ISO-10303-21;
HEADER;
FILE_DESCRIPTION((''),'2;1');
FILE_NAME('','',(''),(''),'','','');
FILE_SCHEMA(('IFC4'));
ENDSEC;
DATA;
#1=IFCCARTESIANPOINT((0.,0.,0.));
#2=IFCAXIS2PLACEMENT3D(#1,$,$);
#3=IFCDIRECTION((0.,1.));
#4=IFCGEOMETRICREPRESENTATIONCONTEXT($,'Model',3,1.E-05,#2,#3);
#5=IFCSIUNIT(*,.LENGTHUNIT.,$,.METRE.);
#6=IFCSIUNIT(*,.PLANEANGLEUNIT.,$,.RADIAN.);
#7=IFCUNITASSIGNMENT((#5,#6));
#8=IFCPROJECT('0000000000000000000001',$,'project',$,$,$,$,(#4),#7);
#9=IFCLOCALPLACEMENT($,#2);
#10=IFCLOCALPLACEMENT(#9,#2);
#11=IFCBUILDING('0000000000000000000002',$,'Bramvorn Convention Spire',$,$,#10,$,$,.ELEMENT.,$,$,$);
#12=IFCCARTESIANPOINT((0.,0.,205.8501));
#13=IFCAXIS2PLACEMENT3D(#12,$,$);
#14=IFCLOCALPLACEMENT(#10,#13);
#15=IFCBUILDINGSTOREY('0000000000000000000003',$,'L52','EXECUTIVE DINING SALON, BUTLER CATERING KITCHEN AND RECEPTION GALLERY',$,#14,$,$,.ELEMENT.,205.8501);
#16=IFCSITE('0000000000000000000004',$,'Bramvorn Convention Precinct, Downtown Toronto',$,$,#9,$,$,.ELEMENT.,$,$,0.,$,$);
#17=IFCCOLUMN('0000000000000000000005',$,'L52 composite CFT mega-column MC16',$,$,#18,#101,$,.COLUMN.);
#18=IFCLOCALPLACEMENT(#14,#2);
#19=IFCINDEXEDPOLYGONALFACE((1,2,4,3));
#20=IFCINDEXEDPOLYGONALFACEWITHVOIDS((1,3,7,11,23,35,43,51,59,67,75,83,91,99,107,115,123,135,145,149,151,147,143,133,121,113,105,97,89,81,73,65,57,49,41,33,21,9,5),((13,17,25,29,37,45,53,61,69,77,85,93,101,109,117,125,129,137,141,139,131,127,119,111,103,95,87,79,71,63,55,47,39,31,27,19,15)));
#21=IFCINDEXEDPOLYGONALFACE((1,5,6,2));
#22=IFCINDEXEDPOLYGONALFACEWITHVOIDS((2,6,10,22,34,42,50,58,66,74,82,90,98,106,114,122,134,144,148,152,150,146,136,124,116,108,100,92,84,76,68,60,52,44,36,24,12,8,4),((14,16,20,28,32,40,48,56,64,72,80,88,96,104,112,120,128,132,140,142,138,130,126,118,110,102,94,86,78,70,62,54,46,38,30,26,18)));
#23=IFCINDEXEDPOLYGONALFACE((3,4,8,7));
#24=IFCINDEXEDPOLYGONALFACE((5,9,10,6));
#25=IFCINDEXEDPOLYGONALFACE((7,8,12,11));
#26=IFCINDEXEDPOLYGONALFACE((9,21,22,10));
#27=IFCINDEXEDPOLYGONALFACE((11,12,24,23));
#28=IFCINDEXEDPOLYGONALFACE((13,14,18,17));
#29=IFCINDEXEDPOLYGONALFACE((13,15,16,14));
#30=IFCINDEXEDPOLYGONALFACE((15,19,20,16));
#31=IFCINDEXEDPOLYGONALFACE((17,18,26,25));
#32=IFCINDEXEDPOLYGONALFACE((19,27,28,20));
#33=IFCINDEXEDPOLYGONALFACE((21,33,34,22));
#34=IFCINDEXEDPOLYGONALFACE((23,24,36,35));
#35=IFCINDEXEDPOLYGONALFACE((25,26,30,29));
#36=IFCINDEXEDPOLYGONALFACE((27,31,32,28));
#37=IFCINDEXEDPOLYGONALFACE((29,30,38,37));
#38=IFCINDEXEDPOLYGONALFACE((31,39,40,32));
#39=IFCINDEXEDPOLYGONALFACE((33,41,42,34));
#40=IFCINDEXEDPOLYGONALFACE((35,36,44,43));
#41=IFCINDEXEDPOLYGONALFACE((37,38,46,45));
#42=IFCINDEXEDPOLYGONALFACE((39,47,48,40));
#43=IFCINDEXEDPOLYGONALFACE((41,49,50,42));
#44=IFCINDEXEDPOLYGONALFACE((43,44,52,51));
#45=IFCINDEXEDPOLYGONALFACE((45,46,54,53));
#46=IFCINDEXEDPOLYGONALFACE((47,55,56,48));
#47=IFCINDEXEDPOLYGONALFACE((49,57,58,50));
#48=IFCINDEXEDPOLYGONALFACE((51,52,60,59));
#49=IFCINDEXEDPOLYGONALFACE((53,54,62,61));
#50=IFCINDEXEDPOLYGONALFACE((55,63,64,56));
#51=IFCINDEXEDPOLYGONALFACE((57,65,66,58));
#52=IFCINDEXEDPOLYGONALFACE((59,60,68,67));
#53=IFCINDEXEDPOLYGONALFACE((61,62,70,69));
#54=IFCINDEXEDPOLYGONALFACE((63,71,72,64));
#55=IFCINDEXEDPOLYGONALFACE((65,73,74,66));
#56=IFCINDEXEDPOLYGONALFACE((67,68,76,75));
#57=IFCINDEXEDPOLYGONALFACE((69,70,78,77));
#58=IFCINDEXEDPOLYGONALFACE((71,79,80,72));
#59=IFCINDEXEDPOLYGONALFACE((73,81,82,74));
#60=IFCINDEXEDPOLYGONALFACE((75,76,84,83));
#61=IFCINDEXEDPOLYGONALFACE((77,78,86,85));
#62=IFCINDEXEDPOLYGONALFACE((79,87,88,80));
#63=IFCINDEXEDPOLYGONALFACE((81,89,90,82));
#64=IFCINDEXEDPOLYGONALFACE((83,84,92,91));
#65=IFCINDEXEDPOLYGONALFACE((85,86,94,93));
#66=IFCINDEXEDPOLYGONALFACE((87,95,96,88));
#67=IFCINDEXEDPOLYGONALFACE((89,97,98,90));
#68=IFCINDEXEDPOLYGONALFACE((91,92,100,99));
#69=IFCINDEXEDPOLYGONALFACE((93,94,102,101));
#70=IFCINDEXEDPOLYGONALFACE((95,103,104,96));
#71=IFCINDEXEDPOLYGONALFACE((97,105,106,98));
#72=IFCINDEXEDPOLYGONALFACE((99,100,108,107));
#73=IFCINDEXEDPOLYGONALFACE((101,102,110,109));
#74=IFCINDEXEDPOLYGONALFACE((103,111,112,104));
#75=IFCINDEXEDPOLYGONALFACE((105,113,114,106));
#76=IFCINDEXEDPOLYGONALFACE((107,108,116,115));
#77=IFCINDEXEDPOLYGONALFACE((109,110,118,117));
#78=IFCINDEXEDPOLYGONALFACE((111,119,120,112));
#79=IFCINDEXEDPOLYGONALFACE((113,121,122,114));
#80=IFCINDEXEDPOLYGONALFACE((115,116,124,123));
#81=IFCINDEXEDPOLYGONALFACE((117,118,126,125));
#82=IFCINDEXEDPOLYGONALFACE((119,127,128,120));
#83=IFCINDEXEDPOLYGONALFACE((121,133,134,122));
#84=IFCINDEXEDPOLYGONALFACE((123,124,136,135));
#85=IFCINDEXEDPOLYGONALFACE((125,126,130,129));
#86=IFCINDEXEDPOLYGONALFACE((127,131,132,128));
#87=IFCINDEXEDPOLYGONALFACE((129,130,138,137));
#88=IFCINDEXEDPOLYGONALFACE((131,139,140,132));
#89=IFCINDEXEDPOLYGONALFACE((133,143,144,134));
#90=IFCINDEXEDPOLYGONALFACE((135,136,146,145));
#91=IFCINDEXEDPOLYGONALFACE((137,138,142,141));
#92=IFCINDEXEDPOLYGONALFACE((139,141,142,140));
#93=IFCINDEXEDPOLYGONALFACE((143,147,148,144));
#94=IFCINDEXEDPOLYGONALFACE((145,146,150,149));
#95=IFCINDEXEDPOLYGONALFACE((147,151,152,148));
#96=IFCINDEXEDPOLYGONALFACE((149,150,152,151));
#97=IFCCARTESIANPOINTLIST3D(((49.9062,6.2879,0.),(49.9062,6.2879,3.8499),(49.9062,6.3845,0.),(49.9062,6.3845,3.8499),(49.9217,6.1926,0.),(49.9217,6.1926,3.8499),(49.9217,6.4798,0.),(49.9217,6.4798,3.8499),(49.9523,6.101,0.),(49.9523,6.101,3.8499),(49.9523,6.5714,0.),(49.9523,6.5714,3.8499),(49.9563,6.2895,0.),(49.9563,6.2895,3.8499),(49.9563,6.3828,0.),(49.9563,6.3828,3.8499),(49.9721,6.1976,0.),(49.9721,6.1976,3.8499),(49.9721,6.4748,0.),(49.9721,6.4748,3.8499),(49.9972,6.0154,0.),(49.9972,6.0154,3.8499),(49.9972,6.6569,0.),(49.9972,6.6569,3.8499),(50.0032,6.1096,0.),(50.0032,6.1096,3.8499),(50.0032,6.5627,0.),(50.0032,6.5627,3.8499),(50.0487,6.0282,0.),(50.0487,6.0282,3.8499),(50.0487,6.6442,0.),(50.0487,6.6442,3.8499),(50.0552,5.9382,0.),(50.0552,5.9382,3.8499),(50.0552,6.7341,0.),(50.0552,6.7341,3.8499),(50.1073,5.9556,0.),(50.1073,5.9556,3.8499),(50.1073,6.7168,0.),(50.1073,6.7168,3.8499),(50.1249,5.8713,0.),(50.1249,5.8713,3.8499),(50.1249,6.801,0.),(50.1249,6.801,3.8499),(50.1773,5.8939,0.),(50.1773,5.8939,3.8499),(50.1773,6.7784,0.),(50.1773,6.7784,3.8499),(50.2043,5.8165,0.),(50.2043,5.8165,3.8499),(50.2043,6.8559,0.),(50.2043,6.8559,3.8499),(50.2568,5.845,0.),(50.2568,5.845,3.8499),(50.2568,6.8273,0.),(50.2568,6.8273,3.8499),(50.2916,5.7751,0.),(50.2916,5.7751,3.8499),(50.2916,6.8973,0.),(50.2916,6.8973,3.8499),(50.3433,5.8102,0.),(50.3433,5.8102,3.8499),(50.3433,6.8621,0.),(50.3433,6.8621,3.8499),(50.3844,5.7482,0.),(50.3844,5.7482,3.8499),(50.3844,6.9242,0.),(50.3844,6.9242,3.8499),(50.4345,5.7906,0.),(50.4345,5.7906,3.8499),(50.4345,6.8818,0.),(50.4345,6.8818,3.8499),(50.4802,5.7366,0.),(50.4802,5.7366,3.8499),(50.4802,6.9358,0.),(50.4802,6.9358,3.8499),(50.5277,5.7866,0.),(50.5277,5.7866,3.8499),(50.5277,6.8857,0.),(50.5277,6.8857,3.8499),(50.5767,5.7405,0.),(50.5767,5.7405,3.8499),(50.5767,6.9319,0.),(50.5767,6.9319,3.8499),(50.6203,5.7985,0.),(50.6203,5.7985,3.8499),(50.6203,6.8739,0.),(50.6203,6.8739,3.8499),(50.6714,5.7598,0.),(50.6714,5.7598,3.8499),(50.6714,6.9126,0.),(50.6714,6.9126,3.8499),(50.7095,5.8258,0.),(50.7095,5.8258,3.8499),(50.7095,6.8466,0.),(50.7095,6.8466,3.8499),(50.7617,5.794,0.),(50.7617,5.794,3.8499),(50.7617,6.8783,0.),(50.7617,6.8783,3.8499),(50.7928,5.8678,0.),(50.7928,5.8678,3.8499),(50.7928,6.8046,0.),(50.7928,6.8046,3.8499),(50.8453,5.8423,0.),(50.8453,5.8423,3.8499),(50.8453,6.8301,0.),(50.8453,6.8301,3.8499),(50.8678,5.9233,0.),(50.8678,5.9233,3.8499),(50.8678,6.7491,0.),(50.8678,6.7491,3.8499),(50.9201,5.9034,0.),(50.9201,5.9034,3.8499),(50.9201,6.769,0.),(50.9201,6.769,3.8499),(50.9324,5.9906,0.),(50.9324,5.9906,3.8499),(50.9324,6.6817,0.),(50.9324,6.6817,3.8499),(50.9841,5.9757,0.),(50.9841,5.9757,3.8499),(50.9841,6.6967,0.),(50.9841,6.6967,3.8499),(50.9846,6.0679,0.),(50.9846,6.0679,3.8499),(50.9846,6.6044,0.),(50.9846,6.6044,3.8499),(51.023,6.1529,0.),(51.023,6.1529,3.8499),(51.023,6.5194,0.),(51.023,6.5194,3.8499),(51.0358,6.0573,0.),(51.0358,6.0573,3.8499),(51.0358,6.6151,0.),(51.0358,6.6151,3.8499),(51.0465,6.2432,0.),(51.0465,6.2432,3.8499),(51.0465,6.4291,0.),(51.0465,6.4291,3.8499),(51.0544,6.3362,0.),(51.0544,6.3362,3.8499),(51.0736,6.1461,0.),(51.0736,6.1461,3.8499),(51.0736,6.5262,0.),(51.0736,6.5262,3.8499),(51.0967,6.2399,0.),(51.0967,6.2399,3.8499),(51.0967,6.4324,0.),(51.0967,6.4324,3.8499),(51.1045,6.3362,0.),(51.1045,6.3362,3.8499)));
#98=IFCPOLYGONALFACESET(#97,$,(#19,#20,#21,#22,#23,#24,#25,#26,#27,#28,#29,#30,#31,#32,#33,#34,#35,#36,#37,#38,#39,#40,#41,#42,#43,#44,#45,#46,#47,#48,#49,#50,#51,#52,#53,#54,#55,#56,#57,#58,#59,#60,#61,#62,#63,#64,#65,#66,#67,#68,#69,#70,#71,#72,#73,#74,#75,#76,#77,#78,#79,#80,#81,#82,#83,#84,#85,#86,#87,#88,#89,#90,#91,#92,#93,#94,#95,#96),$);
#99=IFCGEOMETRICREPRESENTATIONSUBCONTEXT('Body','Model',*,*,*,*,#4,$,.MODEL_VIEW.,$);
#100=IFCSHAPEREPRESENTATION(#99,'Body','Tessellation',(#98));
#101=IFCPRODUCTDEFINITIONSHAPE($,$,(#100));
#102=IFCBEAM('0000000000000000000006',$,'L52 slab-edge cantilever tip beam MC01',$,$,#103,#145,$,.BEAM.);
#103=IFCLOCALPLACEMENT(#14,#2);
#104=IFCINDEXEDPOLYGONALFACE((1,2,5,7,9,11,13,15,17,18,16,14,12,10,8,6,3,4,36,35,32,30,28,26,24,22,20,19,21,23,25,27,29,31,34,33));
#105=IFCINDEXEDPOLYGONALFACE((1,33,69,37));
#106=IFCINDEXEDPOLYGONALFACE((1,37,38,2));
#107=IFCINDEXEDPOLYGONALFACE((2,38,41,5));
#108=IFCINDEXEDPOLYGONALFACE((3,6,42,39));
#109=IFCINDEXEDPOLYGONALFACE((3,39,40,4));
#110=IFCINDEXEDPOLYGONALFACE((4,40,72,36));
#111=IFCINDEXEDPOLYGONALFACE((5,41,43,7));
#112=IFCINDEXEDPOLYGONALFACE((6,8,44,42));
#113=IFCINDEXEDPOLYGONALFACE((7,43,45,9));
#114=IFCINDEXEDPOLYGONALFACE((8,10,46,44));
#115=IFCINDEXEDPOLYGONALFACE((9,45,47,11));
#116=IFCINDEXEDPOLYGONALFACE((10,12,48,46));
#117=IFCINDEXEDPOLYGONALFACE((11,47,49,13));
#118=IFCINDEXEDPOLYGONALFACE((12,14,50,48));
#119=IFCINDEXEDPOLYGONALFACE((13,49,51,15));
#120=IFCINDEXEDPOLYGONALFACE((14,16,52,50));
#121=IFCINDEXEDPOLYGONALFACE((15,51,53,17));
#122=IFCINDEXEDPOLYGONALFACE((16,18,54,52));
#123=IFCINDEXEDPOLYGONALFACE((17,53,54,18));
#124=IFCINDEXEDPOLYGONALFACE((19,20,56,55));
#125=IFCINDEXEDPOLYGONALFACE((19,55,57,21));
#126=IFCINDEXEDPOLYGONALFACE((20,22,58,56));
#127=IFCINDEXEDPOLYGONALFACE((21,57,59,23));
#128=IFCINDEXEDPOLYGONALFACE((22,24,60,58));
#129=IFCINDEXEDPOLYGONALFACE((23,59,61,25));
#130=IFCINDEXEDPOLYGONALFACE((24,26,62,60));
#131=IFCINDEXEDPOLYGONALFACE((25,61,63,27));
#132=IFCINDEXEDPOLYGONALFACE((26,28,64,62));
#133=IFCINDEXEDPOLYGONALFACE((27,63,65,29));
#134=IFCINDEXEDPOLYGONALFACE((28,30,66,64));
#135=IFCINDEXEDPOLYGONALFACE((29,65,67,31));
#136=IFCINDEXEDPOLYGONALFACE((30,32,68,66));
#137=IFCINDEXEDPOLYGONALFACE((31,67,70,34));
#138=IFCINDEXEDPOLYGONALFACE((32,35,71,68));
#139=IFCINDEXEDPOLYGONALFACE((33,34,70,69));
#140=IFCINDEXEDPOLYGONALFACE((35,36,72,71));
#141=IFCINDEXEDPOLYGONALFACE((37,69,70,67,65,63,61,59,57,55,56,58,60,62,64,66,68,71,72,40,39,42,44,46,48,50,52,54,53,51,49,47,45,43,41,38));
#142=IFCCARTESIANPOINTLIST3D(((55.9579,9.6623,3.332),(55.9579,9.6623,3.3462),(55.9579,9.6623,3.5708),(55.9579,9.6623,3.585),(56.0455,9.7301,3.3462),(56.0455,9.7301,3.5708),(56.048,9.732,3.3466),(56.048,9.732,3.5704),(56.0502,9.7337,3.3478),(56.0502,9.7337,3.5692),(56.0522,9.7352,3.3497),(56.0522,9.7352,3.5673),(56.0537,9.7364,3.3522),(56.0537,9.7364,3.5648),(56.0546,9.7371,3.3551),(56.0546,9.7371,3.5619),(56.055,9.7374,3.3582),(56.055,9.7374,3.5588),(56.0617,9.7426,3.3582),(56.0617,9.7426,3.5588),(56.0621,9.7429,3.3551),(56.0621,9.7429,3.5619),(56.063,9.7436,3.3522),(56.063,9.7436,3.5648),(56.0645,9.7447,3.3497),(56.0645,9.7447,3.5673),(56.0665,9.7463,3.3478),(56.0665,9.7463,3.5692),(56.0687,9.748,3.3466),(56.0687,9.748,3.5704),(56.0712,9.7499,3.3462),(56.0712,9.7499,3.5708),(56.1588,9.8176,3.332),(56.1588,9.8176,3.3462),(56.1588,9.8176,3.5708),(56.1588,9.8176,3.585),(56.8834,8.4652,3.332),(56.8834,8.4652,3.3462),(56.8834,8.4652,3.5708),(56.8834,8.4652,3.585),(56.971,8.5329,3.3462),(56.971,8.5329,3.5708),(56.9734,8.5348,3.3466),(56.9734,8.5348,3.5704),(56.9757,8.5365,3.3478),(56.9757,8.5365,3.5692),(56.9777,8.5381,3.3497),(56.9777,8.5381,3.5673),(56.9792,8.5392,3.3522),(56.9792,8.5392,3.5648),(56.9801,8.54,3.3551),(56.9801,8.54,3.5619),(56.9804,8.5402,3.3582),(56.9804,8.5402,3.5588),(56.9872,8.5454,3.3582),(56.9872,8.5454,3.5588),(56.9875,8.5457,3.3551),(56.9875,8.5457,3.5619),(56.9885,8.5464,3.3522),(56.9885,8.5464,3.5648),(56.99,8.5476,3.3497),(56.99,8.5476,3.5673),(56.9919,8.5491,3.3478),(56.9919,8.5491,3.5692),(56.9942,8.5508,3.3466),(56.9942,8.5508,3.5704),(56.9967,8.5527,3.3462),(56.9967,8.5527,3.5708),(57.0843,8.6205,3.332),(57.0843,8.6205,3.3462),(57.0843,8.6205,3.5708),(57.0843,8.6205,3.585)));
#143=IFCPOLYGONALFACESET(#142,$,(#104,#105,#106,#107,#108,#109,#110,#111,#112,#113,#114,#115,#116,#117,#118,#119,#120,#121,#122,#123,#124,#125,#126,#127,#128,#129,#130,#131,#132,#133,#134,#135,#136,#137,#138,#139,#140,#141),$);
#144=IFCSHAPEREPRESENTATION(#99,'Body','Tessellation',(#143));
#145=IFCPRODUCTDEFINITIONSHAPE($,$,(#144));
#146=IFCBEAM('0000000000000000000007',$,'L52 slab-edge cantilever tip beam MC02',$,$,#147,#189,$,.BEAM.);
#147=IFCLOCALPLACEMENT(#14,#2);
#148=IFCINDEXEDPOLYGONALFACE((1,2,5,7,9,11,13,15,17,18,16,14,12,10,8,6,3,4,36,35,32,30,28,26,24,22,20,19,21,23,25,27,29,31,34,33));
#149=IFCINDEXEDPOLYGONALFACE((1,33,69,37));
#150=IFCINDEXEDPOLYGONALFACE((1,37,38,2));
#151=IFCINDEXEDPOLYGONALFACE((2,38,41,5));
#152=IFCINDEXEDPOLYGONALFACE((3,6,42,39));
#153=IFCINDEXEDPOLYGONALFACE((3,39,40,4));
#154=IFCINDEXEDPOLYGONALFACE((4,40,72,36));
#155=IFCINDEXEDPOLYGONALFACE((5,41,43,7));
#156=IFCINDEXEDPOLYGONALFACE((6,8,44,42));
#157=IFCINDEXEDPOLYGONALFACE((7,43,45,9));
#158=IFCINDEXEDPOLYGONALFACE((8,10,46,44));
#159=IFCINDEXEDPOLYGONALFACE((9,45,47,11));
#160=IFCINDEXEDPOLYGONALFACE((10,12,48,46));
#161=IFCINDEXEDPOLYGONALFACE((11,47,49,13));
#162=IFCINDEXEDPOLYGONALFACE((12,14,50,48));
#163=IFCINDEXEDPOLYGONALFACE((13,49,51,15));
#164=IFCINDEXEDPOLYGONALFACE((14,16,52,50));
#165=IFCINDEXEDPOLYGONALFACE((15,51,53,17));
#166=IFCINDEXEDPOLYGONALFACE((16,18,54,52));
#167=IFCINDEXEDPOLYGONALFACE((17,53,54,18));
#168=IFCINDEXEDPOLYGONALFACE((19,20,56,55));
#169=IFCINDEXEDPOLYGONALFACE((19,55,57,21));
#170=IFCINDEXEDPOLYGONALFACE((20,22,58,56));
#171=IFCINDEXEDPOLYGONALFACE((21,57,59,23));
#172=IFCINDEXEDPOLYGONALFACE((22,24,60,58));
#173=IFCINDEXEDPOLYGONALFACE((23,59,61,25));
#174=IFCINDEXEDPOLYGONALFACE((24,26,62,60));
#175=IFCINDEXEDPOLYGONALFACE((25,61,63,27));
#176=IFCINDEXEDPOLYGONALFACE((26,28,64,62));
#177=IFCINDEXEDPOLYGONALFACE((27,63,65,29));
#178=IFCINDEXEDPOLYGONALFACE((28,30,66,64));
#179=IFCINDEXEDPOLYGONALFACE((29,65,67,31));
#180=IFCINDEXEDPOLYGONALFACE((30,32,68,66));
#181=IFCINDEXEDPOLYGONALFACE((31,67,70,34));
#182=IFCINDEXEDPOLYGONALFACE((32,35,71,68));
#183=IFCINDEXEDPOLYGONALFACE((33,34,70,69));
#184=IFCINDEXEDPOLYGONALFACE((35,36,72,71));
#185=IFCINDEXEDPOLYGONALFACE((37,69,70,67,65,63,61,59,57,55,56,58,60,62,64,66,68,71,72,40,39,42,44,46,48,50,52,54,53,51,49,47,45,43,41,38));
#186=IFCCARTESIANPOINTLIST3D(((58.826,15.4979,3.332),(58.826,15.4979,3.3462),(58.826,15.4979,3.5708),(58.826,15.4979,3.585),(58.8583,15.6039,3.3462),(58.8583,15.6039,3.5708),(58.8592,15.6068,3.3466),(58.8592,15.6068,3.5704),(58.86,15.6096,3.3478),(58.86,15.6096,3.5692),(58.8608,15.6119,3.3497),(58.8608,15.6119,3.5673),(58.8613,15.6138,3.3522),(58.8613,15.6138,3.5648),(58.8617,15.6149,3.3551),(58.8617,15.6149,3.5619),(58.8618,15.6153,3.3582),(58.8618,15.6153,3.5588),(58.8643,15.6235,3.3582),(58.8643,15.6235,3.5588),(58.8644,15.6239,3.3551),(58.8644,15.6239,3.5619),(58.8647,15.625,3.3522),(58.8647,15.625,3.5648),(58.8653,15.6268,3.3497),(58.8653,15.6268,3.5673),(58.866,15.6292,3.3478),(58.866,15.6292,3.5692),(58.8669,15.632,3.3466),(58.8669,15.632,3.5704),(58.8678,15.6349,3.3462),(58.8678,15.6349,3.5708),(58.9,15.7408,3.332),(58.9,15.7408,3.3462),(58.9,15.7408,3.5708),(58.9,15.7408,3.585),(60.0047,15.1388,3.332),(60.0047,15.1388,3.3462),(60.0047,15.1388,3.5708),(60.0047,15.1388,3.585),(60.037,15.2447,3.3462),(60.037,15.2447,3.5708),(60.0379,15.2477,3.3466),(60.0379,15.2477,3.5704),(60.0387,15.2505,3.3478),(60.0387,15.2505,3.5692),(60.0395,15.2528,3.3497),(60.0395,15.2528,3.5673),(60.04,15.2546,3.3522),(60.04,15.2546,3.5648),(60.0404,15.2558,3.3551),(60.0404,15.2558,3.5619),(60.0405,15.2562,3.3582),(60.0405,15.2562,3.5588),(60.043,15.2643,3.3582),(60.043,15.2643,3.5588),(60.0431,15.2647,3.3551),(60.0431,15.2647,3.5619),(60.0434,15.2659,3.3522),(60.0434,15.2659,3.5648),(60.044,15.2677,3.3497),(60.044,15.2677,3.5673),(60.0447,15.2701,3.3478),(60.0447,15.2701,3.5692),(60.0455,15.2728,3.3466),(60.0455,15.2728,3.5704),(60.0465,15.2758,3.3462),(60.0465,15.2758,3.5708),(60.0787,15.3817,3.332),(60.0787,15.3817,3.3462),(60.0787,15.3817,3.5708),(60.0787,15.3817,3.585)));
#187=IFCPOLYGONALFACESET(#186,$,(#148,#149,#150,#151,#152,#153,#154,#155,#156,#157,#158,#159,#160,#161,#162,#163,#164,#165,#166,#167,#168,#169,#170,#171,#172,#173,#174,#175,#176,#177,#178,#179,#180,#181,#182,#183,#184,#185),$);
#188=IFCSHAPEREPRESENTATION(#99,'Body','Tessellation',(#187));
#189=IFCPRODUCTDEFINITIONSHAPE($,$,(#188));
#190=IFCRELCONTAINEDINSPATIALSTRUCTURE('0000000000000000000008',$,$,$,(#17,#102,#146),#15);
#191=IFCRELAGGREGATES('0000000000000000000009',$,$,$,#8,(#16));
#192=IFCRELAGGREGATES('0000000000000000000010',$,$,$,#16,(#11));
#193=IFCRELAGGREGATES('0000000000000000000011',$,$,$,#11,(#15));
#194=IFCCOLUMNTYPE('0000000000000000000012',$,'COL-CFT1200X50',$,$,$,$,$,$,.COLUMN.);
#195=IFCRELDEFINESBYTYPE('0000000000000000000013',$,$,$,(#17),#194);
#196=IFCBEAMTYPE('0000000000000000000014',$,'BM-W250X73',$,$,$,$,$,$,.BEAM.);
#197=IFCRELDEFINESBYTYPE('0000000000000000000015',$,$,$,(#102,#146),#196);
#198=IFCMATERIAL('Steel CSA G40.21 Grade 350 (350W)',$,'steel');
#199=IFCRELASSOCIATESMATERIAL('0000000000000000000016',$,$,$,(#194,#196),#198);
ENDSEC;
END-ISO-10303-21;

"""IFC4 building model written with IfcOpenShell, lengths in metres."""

from ifc_helpers import new_model, si_unit, direction, frame, origin, origin_2d, place, context, subcontext, project, spatial, hollow_circle, i_section, extrude, material, material_profile, profile_set, type_object, element, save


model = new_model("IFC4")

# Units and contexts
model_context = context("Model", 3, precision=1e-05, world=origin(), true_north=direction((0.0, 1.0)))
body_context = subcontext(model_context, "Body", "Model", "MODEL_VIEW")
ifc_project = project(units=[si_unit("LENGTHUNIT", "METRE"), si_unit("PLANEANGLEUNIT", "RADIAN")], contexts=[model_context])

# Site, building, storey
site_placement = place(None, origin())
site = spatial("IfcSite", under=ifc_project, at=site_placement, Name="Bramvorn Convention Precinct, Downtown Toronto", CompositionType="ELEMENT", RefElevation=0.0)
building_placement = place(site_placement, origin())
building = spatial("IfcBuilding", under=site, at=building_placement, Name="Bramvorn Convention Spire", CompositionType="ELEMENT")
storey_placement = place(building_placement, frame((0.0, 0.0, 205.8501)))
storey = spatial("IfcBuildingStorey", under=building, at=storey_placement, Name="L52", Description="EXECUTIVE DINING SALON, BUTLER CATERING KITCHEN AND RECEPTION GALLERY", CompositionType="ELEMENT", Elevation=205.8501)

# Column
ifc_material_1 = material(Name="Steel CSA G40.21 Grade 350 (350W)", Category="steel")
ifc_material_profile_1 = material_profile(ifc_material_1, hollow_circle(Radius=0.6001, WallThickness=0.05, at=origin_2d()))
ifc_profile_set_1 = profile_set([ifc_material_profile_1], Name="Steel CSA G40.21 Grade 350 (350W) - CFT1200X50")
column_type = type_object("IfcColumnType", Name="COL-CFT1200X50", PredefinedType="COLUMN", material=ifc_profile_set_1)
for number, where, z_axis, x_axis, name in (
    (1, (50.5044, 6.3362, 0.0), (0.0, 0.0, 1.0), (1.0, 0.0, 0.0), "L52 composite CFT mega-column MC16"),
):
    element("IfcColumn", number, at=place(storey_placement, frame(where, z_axis=z_axis, x_axis=x_axis)), inside=storey, type_object=column_type, Name=name, PredefinedType="COLUMN", context=body_context, shape_type="SweptSolid", body=[
        extrude(hollow_circle(Radius=0.6001, WallThickness=0.05, at=origin_2d()), origin(), (0.0, 0.0, 1.0), 3.8499),
    ])

# Beams
ifc_material_profile_2 = material_profile(ifc_material_1, i_section(OverallWidth=0.2539, OverallDepth=0.2529, WebThickness=0.0085, FlangeThickness=0.0142, FilletRadius=0.012, at=origin_2d()))
ifc_profile_set_2 = profile_set([ifc_material_profile_2], Name="Steel CSA G40.21 Grade 350 (350W) - W250X73")
beam_type_1 = type_object("IfcBeamType", Name="BM-W250X73", PredefinedType="BEAM", material=ifc_profile_set_2)
beam_1_placement = place(storey_placement, frame((56.0583, 9.74, 3.4585), z_axis=(0.611604, -0.791164, 0.0), x_axis=(0.791164, 0.611604, 0.0)))
element("IfcBeam", 2, at=beam_1_placement, inside=storey, type_object=beam_type_1, Name="L52 slab-edge cantilever tip beam MC01", PredefinedType="BEAM", context=body_context, shape_type="SweptSolid", body=[
    extrude(i_section(OverallWidth=0.2539, OverallDepth=0.2529, WebThickness=0.0085, FlangeThickness=0.0142, FilletRadius=0.012, at=origin_2d()), origin(), (0.0, 0.0, 1.0), 1.5132),
])
beam_2_placement = place(storey_placement, frame((58.863, 15.6194, 3.4585), z_axis=(0.956585, -0.291453, 0.0), x_axis=(0.291453, 0.956585, 0.0)))
element("IfcBeam", 3, at=beam_2_placement, inside=storey, type_object=beam_type_1, Name="L52 slab-edge cantilever tip beam MC02", PredefinedType="BEAM", context=body_context, shape_type="SweptSolid", body=[
    extrude(i_section(OverallWidth=0.2539, OverallDepth=0.2529, WebThickness=0.0085, FlangeThickness=0.0142, FilletRadius=0.012, at=origin_2d()), origin(), (0.0, 0.0, 1.0), 1.2322),
])

save(model, "model.ifc")
